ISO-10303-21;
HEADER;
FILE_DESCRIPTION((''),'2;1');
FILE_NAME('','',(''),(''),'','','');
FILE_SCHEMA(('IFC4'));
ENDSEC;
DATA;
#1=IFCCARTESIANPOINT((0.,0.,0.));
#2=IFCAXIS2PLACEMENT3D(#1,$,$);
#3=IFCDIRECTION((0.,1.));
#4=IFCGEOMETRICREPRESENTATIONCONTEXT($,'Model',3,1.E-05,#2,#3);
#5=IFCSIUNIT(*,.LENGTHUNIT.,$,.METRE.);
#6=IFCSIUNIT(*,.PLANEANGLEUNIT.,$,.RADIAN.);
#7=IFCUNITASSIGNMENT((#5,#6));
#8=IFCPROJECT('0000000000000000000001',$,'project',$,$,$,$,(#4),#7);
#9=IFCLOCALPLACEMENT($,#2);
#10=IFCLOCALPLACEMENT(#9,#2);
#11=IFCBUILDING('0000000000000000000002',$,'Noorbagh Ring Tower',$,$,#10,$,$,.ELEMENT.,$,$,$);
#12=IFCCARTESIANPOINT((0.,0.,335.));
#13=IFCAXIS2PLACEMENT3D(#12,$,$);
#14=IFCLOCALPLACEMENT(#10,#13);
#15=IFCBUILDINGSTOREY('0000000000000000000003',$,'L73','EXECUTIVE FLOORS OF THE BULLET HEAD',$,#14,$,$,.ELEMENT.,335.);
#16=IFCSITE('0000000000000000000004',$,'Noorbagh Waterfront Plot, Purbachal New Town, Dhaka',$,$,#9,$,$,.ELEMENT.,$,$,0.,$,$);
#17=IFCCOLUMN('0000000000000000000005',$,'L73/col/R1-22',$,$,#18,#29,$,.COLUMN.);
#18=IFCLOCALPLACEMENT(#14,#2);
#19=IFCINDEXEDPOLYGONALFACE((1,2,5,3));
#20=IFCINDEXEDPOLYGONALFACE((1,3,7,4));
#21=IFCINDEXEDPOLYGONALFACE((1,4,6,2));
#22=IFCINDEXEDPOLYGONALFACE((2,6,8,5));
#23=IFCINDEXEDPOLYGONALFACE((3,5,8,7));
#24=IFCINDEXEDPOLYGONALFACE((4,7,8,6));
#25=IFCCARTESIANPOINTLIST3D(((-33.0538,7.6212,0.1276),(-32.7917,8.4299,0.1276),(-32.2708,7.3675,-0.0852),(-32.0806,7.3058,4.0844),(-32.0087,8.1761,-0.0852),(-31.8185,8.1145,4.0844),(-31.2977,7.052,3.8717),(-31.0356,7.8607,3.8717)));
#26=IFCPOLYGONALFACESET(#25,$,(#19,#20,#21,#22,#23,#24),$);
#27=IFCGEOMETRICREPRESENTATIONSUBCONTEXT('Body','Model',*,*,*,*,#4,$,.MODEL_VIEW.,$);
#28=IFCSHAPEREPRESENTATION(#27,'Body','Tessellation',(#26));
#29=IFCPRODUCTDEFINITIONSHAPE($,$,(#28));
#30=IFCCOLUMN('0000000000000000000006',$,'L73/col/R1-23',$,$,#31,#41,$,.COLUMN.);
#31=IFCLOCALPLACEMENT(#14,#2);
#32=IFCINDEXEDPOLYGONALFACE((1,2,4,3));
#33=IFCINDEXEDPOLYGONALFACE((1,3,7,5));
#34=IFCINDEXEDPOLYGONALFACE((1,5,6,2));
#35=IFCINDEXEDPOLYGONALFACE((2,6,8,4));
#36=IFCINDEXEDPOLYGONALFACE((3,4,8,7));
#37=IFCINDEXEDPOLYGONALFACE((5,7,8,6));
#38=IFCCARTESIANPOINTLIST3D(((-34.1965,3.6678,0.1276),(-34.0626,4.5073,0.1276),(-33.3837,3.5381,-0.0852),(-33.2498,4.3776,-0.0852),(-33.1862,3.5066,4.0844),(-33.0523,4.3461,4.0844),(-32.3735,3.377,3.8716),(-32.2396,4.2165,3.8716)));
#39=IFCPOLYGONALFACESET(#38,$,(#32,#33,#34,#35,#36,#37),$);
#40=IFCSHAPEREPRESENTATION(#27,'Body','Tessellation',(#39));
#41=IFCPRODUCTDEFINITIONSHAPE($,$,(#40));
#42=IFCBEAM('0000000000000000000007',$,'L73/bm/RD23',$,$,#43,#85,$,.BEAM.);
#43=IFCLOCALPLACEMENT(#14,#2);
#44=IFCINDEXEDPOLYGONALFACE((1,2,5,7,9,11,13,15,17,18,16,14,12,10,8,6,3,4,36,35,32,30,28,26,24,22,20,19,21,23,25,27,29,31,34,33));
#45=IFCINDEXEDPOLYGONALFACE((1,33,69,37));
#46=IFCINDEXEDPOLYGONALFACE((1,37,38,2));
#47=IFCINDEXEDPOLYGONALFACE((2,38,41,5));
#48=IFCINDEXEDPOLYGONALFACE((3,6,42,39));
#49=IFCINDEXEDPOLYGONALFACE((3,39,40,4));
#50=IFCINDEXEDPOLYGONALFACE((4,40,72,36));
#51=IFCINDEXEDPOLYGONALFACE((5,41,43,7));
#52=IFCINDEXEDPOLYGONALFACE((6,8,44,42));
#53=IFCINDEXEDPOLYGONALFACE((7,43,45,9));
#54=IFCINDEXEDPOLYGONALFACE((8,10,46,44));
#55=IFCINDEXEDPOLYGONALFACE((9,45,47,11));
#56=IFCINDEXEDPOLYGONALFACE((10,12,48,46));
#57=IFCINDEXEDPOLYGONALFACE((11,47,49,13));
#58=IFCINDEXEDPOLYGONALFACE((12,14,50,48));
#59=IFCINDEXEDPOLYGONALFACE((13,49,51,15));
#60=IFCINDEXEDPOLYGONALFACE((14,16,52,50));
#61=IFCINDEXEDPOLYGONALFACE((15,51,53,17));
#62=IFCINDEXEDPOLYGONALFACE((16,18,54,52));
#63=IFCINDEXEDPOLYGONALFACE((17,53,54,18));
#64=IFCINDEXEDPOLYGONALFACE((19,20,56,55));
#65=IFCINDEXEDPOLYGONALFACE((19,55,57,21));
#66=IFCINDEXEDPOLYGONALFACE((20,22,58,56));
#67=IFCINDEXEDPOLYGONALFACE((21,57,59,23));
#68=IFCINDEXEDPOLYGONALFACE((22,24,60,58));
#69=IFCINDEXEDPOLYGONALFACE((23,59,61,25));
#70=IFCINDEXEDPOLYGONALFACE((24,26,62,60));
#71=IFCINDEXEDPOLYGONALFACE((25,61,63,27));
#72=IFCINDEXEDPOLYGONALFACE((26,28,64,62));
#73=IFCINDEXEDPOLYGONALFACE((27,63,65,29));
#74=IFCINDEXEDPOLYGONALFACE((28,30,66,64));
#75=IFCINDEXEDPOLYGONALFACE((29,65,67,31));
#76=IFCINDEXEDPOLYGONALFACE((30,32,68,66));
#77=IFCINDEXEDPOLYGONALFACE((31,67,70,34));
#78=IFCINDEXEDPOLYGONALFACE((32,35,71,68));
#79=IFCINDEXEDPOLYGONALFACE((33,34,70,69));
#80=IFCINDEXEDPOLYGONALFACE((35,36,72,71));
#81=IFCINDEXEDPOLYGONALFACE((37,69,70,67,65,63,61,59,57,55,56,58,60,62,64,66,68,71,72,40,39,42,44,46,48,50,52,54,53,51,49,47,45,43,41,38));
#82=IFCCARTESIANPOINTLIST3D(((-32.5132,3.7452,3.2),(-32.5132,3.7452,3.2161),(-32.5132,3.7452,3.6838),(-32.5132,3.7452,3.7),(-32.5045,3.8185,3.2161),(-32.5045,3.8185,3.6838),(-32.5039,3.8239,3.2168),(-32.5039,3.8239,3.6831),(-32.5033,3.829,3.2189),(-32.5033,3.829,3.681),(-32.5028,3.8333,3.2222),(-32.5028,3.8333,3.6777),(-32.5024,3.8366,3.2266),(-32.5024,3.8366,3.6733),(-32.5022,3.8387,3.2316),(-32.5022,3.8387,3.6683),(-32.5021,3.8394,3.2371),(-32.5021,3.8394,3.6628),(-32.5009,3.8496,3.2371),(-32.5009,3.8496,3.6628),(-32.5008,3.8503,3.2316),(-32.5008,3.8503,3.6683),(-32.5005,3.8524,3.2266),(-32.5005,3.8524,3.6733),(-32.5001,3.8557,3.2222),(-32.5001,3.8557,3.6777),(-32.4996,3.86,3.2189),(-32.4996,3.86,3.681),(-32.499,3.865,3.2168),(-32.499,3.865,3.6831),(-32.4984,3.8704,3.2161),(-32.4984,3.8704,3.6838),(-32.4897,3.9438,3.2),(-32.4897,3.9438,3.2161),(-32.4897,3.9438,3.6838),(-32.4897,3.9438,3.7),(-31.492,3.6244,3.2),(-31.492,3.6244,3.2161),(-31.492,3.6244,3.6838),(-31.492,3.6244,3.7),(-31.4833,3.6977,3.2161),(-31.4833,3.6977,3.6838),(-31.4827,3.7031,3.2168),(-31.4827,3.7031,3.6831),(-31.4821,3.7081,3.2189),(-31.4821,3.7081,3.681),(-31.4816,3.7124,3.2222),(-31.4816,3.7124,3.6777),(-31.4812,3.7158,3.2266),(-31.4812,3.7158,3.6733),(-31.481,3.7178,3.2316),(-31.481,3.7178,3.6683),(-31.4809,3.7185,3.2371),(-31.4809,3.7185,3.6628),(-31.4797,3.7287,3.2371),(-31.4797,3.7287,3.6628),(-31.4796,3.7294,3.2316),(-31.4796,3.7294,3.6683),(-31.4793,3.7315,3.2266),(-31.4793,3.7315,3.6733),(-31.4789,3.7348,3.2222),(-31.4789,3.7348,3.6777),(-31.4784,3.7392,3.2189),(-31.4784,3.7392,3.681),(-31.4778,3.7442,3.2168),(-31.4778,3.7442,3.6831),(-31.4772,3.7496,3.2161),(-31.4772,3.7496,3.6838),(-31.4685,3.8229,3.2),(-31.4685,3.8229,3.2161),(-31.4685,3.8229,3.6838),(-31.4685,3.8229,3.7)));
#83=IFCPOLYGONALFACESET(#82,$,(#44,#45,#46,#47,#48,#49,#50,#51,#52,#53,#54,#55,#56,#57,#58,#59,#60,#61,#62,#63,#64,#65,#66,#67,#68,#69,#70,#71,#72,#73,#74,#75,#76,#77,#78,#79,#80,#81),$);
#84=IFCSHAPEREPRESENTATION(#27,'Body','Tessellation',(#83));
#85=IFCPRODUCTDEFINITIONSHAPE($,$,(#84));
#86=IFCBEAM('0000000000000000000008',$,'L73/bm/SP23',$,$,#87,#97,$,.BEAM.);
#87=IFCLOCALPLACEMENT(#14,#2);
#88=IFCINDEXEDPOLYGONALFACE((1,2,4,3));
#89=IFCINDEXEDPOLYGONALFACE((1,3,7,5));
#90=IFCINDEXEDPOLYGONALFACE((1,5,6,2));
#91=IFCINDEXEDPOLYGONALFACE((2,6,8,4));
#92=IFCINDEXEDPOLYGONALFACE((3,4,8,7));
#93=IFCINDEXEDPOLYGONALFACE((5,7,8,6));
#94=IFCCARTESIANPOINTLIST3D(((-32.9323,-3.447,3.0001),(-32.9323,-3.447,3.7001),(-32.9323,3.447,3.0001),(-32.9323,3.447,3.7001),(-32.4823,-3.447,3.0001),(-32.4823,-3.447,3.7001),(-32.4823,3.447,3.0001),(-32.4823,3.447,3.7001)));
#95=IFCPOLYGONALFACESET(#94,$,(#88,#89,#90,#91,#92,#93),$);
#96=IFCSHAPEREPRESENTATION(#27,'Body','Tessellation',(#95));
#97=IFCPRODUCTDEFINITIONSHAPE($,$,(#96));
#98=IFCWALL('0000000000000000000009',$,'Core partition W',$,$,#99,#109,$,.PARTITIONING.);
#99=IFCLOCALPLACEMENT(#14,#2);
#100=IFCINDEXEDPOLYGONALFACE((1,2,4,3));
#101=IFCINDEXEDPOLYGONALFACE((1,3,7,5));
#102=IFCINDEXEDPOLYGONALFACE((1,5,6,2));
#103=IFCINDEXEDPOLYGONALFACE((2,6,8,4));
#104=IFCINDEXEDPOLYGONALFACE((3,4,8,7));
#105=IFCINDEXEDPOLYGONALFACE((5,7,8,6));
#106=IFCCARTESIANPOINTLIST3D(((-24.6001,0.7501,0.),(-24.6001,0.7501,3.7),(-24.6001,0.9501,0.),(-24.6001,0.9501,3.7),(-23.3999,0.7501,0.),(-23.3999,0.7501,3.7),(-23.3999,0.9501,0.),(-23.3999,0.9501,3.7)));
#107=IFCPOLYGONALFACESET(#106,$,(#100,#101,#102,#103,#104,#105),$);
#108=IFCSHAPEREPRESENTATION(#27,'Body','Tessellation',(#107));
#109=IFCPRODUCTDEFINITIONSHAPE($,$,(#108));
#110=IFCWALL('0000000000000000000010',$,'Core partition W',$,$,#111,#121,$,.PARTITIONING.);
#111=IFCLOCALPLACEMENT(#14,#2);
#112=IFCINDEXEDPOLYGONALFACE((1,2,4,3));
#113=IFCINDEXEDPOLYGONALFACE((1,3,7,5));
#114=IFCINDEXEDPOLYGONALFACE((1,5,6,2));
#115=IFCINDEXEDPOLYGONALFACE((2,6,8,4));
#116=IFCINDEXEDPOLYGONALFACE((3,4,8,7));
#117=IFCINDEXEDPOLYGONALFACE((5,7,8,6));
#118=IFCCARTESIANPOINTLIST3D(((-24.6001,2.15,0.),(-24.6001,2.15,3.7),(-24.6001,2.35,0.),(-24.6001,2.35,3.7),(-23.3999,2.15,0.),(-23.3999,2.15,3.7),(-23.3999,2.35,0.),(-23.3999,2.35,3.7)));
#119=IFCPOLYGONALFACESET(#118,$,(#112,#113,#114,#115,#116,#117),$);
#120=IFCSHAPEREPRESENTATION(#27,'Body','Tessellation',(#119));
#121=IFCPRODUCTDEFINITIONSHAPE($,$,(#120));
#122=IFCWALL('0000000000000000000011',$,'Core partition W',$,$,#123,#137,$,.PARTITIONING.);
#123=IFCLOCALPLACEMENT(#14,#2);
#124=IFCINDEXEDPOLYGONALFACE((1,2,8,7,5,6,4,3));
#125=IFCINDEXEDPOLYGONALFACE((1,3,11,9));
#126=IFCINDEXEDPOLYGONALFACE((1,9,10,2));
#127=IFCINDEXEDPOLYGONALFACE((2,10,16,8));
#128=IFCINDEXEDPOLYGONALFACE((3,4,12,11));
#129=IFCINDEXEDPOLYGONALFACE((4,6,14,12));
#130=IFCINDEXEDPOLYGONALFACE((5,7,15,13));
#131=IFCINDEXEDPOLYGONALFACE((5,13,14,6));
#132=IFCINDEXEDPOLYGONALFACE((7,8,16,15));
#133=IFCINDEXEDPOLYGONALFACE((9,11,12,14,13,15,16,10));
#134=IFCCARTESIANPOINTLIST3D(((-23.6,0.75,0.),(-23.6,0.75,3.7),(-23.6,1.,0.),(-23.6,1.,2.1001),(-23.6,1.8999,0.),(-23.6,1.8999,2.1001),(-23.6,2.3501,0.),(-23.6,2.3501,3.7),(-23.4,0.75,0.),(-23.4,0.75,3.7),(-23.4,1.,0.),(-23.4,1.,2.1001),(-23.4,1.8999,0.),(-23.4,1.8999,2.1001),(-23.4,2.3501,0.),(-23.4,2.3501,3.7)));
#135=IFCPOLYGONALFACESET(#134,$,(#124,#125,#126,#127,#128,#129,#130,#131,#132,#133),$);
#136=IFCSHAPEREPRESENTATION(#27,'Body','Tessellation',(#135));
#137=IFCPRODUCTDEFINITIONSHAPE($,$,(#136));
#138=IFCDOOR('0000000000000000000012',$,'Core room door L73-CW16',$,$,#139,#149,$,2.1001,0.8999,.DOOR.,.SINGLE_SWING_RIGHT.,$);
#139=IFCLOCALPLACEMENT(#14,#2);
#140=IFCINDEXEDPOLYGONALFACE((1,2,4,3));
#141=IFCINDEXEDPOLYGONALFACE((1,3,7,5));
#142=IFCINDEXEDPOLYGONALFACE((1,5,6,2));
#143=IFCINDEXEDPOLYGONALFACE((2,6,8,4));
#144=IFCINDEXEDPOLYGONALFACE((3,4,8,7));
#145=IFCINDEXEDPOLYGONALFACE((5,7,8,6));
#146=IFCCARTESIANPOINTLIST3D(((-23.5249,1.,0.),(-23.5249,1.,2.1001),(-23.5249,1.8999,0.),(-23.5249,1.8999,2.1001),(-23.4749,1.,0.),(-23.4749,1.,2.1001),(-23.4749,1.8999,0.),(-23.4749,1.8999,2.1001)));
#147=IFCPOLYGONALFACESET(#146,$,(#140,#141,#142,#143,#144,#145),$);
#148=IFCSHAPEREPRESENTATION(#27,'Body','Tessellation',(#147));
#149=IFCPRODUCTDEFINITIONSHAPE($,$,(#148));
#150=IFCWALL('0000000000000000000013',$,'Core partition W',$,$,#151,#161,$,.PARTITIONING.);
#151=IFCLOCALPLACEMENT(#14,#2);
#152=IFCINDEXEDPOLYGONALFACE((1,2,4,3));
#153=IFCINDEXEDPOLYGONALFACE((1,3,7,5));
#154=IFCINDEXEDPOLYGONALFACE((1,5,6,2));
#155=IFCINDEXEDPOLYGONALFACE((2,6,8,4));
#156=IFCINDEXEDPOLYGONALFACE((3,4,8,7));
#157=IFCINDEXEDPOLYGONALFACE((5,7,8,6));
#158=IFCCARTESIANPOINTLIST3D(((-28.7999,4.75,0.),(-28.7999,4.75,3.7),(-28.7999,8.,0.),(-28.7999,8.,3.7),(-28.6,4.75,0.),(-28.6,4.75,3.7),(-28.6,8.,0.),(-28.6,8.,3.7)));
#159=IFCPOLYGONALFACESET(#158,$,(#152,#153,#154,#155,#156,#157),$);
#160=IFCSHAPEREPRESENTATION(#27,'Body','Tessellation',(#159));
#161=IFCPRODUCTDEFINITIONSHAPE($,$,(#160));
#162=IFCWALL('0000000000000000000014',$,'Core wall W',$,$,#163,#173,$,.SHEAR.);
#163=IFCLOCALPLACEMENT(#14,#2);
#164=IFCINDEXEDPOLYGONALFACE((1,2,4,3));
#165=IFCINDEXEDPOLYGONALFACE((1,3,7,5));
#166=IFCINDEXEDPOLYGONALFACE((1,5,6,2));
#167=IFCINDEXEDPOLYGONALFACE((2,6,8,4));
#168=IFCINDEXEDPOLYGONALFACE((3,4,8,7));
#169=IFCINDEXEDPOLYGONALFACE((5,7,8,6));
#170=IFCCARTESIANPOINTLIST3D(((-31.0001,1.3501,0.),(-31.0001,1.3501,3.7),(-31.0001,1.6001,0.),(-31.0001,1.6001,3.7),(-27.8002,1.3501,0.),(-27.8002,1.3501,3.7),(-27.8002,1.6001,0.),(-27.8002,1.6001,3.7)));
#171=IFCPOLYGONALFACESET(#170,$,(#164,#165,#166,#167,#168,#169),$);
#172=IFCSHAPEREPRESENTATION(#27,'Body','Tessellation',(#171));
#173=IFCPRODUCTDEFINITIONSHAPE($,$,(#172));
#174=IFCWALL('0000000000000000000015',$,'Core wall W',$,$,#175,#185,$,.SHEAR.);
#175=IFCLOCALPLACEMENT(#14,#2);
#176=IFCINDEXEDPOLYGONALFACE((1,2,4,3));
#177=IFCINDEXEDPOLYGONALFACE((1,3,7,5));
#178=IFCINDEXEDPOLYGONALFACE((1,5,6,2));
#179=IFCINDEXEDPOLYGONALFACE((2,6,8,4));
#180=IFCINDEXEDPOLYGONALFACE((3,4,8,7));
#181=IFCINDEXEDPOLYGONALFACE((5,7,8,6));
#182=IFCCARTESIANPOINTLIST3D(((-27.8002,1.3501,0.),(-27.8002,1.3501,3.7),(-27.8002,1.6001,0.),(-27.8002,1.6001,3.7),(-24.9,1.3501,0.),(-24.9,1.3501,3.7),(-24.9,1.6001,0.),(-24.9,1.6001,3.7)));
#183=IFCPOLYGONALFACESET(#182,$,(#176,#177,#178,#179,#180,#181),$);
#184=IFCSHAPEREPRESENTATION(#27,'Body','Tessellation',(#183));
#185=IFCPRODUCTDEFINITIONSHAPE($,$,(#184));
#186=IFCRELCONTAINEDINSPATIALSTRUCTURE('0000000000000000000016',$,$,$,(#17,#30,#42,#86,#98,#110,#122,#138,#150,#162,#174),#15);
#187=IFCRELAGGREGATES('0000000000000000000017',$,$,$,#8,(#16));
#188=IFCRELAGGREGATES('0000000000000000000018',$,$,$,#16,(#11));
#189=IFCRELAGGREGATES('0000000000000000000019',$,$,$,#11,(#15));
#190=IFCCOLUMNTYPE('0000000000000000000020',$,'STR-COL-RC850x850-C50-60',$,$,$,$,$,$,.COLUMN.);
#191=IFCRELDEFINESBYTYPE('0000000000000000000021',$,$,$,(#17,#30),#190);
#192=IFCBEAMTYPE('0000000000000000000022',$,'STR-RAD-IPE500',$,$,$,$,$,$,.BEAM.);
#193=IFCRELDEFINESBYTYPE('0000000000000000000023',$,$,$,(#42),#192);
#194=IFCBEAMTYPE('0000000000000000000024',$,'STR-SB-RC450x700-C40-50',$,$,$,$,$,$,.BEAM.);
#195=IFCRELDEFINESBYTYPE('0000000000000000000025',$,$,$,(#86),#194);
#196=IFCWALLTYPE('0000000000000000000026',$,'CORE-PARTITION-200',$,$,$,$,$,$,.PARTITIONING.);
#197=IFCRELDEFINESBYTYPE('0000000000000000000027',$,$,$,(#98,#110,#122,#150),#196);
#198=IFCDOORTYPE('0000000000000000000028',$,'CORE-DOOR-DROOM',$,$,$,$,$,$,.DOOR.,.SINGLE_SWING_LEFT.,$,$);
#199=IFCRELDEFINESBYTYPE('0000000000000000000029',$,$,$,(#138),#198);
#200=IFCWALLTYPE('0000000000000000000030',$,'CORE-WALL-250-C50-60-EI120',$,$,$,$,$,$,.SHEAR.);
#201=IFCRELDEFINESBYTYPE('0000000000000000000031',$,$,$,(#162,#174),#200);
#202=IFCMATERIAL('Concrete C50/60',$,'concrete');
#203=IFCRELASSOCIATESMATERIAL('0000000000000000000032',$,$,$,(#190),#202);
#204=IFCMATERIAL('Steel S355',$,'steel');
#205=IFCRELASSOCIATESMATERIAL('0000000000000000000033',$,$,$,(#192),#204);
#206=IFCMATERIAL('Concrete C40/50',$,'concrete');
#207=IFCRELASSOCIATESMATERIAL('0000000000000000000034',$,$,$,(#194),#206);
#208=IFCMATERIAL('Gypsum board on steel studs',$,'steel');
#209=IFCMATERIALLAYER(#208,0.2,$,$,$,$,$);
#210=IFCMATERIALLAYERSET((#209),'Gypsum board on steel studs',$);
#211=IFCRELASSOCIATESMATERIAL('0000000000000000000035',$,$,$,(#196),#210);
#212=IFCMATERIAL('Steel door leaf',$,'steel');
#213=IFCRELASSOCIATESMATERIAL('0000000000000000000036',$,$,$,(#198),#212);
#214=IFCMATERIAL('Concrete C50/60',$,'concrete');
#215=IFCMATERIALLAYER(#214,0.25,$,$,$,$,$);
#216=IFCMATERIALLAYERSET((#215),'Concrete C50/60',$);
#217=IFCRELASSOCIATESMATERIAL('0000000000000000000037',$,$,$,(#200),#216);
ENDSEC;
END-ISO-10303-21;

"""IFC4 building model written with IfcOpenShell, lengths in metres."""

from ifc_helpers import new_model, si_unit, direction, frame, frame_2d, origin, origin_2d, place, context, subcontext, project, spatial, rectangle, i_section, extrude, material, layer, layer_set, material_profile, profile_set, type_object, element, fill, save


model = new_model("IFC4")

# Units and contexts
model_context = context("Model", 3, precision=1e-05, world=origin(), true_north=direction((0.0, 1.0)))
body_context = subcontext(model_context, "Body", "Model", "MODEL_VIEW")
ifc_project = project(units=[si_unit("LENGTHUNIT", "METRE"), si_unit("PLANEANGLEUNIT", "RADIAN")], contexts=[model_context])

# Site, building, storey
site_placement = place(None, origin())
site = spatial("IfcSite", under=ifc_project, at=site_placement, Name="Noorbagh Waterfront Plot, Purbachal New Town, Dhaka", CompositionType="ELEMENT", RefElevation=0.0)
building_placement = place(site_placement, origin())
building = spatial("IfcBuilding", under=site, at=building_placement, Name="Noorbagh Ring Tower", CompositionType="ELEMENT")
storey_placement = place(building_placement, frame((0.0, 0.0, 335.0)))
storey = spatial("IfcBuildingStorey", under=building, at=storey_placement, Name="L73", Description="EXECUTIVE FLOORS OF THE BULLET HEAD", CompositionType="ELEMENT", Elevation=335.0)

# Columns
ifc_material_1 = material(Name="Concrete C50/60", Category="concrete")
ifc_material_profile_1 = material_profile(ifc_material_1, rectangle(XDim=0.8501, YDim=0.8501, at=origin_2d()), Name="RC850x850")
ifc_profile_set_1 = profile_set([ifc_material_profile_1], Name="Concrete C50/60")
column_type = type_object("IfcColumnType", Name="STR-COL-RC850x850-C50-60", PredefinedType="COLUMN", material=ifc_profile_set_1)
for number, where, z_axis, x_axis, name in (
    (1, (-32.5312, 7.8987, 0.0212), (0.238114, -0.077181, 0.968166), (0.308341, 0.951276, 0.0), "L73/col/R1-22"),
    (2, (-33.7231, 4.0227, 0.0212), (0.247193, -0.039427, 0.968164), (0.157506, 0.987518, 0.0), "L73/col/R1-23"),
):
    element("IfcColumn", number, at=place(storey_placement, frame(where, z_axis=z_axis, x_axis=x_axis)), inside=storey, type_object=column_type, Name=name, PredefinedType="COLUMN", context=body_context, shape_type="SweptSolid", body=[
        extrude(rectangle(XDim=0.8501, YDim=0.8501, at=origin_2d()), origin(), (0.0, 0.0, 1.0), 4.0869),
    ])

# Beams
ifc_material_2 = material(Name="Steel S355", Category="steel")
ifc_material_profile_2 = material_profile(ifc_material_2, i_section(OverallWidth=0.2, OverallDepth=0.5, WebThickness=0.0103, FlangeThickness=0.0161, FilletRadius=0.021, at=origin_2d()), Name="IPE500")
ifc_profile_set_2 = profile_set([ifc_material_profile_2], Name="Steel S355")
beam_type_1 = type_object("IfcBeamType", Name="STR-RAD-IPE500", PredefinedType="BEAM", material=ifc_profile_set_2)
beam_1_placement = place(storey_placement, frame((-32.5015, 3.8445, 3.45), z_axis=(0.993071, -0.117516, 0.0), x_axis=(0.117516, 0.993071, 0.0)))
element("IfcBeam", 3, at=beam_1_placement, inside=storey, type_object=beam_type_1, Name="L73/bm/RD23", PredefinedType="BEAM", context=body_context, shape_type="SweptSolid", body=[
    extrude(i_section(OverallWidth=0.2, OverallDepth=0.5, WebThickness=0.0103, FlangeThickness=0.0161, FilletRadius=0.021, at=origin_2d()), origin(), (0.0, 0.0, 1.0), 1.0283),
])
ifc_material_3 = material(Name="Concrete C40/50", Category="concrete")
ifc_material_profile_3 = material_profile(ifc_material_3, rectangle(XDim=0.45, YDim=0.7, at=origin_2d()), Name="RC450x700")
ifc_profile_set_3 = profile_set([ifc_material_profile_3], Name="Concrete C40/50")
beam_type_2 = type_object("IfcBeamType", Name="STR-SB-RC450x700-C40-50", PredefinedType="BEAM", material=ifc_profile_set_3)
beam_2_placement = place(storey_placement, frame((-32.7073, 3.447, 3.3501), z_axis=(0.0, -1.0, 0.0), x_axis=(1.0, 0.0, 0.0)))
element("IfcBeam", 4, at=beam_2_placement, inside=storey, type_object=beam_type_2, Name="L73/bm/SP23", PredefinedType="BEAM", context=body_context, shape_type="SweptSolid", body=[
    extrude(rectangle(XDim=0.45, YDim=0.7, at=origin_2d()), origin(), (0.0, 0.0, 1.0), 6.894),
])

# Walls
ifc_material_4 = material(Name="Gypsum board on steel studs", Category="steel")
ifc_layer_1 = layer(ifc_material_4, 0.2)
ifc_layer_set_1 = layer_set([ifc_layer_1], Name="Gypsum board on steel studs")
wall_type_1 = type_object("IfcWallType", Name="CORE-PARTITION-200", PredefinedType="PARTITIONING", material=ifc_layer_set_1)
for number, where, z_axis, x_axis, name in (
    (5, (-23.3999, 0.8501, 0.0), (0.0, 0.0, 1.0), (-1.0, 0.0, 0.0), "Core partition W"),
    (6, (-23.3999, 2.25, 0.0), (0.0, 0.0, 1.0), (-1.0, 0.0, 0.0), "Core partition W"),
):
    element("IfcWall", number, at=place(storey_placement, frame(where, z_axis=z_axis, x_axis=x_axis)), inside=storey, type_object=wall_type_1, Name=name, PredefinedType="PARTITIONING", context=body_context, shape_type="SweptSolid", body=[
        extrude(rectangle(XDim=1.2002, YDim=0.2, at=frame_2d((0.6001, 0.0))), origin(), (0.0, 0.0, 1.0), 3.7),
    ])

# Wall, opening, door
wall_1_placement = place(storey_placement, frame((-23.5, 0.75, 0.0), z_axis=(0.0, 0.0, 1.0), x_axis=(0.0, 1.0, 0.0)))
wall_1 = element("IfcWall", 7, at=wall_1_placement, inside=storey, type_object=wall_type_1, Name="Core partition W", PredefinedType="PARTITIONING", context=body_context, shape_type="SweptSolid", body=[
    extrude(rectangle(XDim=1.6001, YDim=0.2, at=frame_2d((0.8, 0.0))), origin(), (0.0, 0.0, 1.0), 3.7),
])
opening_1_placement = place(wall_1_placement, frame((0.25, 0.0, 0.0)))
opening_1 = element("IfcOpeningElement", 8, at=opening_1_placement, cuts=wall_1, PredefinedType="OPENING", context=body_context, shape_type="SweptSolid", body=[
    extrude(rectangle(XDim=0.8999, YDim=2.1001, at=frame_2d((0.45, 1.05))), frame((0.0, 0.1099, 0.0), z_axis=(0.0, -1.0, 0.0), x_axis=(1.0, 0.0, 0.0)), (0.0, 0.0, 1.0), 0.22),
])
ifc_material_5 = material(Name="Steel door leaf", Category="steel")
door_type_1 = type_object("IfcDoorType", Name="CORE-DOOR-DROOM", OperationType="SINGLE_SWING_LEFT", PredefinedType="DOOR", material=ifc_material_5)
door_1_placement = place(opening_1_placement, origin())
door_1 = element("IfcDoor", 9, at=door_1_placement, inside=storey, type_object=door_type_1, Name="Core room door L73-CW16", OperationType="SINGLE_SWING_RIGHT", OverallHeight=2.1001, OverallWidth=0.8999, PredefinedType="DOOR", context=body_context, shape_type="SweptSolid", body=[
    extrude(rectangle(XDim=0.8999, YDim=2.1001, at=frame_2d((0.45, 1.05))), frame((0.0, 0.0249, 0.0), z_axis=(0.0, -1.0, 0.0), x_axis=(1.0, 0.0, 0.0)), (0.0, 0.0, 1.0), 0.05),
])
fill(opening_1, door_1)

# Walls
wall_2_placement = place(storey_placement, frame((-28.7, 4.75, 0.0), z_axis=(0.0, 0.0, 1.0), x_axis=(0.0, 1.0, 0.0)))
element("IfcWall", 10, at=wall_2_placement, inside=storey, type_object=wall_type_1, Name="Core partition W", PredefinedType="PARTITIONING", context=body_context, shape_type="SweptSolid", body=[
    extrude(rectangle(XDim=3.25, YDim=0.2, at=frame_2d((1.625, 0.0))), origin(), (0.0, 0.0, 1.0), 3.7),
])
ifc_material_6 = material(Name="Concrete C50/60", Category="concrete")
ifc_layer_2 = layer(ifc_material_6, 0.25)
ifc_layer_set_2 = layer_set([ifc_layer_2], Name="Concrete C50/60")
wall_type_2 = type_object("IfcWallType", Name="CORE-WALL-250-C50-60-EI120", PredefinedType="SHEAR", material=ifc_layer_set_2)
wall_3_placement = place(storey_placement, frame((-27.8, 1.4751, 0.0), z_axis=(0.0, 0.0, 1.0), x_axis=(-1.0, 0.0, 0.0)))
element("IfcWall", 11, at=wall_3_placement, inside=storey, type_object=wall_type_2, Name="Core wall W", PredefinedType="SHEAR", context=body_context, shape_type="SweptSolid", body=[
    extrude(rectangle(XDim=3.2, YDim=0.25, at=frame_2d((1.6001, 0.0))), origin(), (0.0, 0.0, 1.0), 3.7),
])
wall_4_placement = place(storey_placement, frame((-24.8999, 1.4751, 0.0), z_axis=(0.0, 0.0, 1.0), x_axis=(-1.0, 0.0, 0.0)))
element("IfcWall", 12, at=wall_4_placement, inside=storey, type_object=wall_type_2, Name="Core wall W", PredefinedType="SHEAR", context=body_context, shape_type="SweptSolid", body=[
    extrude(rectangle(XDim=2.9001, YDim=0.25, at=frame_2d((1.4502, 0.0))), origin(), (0.0, 0.0, 1.0), 3.7),
])

save(model, "model.ifc")
